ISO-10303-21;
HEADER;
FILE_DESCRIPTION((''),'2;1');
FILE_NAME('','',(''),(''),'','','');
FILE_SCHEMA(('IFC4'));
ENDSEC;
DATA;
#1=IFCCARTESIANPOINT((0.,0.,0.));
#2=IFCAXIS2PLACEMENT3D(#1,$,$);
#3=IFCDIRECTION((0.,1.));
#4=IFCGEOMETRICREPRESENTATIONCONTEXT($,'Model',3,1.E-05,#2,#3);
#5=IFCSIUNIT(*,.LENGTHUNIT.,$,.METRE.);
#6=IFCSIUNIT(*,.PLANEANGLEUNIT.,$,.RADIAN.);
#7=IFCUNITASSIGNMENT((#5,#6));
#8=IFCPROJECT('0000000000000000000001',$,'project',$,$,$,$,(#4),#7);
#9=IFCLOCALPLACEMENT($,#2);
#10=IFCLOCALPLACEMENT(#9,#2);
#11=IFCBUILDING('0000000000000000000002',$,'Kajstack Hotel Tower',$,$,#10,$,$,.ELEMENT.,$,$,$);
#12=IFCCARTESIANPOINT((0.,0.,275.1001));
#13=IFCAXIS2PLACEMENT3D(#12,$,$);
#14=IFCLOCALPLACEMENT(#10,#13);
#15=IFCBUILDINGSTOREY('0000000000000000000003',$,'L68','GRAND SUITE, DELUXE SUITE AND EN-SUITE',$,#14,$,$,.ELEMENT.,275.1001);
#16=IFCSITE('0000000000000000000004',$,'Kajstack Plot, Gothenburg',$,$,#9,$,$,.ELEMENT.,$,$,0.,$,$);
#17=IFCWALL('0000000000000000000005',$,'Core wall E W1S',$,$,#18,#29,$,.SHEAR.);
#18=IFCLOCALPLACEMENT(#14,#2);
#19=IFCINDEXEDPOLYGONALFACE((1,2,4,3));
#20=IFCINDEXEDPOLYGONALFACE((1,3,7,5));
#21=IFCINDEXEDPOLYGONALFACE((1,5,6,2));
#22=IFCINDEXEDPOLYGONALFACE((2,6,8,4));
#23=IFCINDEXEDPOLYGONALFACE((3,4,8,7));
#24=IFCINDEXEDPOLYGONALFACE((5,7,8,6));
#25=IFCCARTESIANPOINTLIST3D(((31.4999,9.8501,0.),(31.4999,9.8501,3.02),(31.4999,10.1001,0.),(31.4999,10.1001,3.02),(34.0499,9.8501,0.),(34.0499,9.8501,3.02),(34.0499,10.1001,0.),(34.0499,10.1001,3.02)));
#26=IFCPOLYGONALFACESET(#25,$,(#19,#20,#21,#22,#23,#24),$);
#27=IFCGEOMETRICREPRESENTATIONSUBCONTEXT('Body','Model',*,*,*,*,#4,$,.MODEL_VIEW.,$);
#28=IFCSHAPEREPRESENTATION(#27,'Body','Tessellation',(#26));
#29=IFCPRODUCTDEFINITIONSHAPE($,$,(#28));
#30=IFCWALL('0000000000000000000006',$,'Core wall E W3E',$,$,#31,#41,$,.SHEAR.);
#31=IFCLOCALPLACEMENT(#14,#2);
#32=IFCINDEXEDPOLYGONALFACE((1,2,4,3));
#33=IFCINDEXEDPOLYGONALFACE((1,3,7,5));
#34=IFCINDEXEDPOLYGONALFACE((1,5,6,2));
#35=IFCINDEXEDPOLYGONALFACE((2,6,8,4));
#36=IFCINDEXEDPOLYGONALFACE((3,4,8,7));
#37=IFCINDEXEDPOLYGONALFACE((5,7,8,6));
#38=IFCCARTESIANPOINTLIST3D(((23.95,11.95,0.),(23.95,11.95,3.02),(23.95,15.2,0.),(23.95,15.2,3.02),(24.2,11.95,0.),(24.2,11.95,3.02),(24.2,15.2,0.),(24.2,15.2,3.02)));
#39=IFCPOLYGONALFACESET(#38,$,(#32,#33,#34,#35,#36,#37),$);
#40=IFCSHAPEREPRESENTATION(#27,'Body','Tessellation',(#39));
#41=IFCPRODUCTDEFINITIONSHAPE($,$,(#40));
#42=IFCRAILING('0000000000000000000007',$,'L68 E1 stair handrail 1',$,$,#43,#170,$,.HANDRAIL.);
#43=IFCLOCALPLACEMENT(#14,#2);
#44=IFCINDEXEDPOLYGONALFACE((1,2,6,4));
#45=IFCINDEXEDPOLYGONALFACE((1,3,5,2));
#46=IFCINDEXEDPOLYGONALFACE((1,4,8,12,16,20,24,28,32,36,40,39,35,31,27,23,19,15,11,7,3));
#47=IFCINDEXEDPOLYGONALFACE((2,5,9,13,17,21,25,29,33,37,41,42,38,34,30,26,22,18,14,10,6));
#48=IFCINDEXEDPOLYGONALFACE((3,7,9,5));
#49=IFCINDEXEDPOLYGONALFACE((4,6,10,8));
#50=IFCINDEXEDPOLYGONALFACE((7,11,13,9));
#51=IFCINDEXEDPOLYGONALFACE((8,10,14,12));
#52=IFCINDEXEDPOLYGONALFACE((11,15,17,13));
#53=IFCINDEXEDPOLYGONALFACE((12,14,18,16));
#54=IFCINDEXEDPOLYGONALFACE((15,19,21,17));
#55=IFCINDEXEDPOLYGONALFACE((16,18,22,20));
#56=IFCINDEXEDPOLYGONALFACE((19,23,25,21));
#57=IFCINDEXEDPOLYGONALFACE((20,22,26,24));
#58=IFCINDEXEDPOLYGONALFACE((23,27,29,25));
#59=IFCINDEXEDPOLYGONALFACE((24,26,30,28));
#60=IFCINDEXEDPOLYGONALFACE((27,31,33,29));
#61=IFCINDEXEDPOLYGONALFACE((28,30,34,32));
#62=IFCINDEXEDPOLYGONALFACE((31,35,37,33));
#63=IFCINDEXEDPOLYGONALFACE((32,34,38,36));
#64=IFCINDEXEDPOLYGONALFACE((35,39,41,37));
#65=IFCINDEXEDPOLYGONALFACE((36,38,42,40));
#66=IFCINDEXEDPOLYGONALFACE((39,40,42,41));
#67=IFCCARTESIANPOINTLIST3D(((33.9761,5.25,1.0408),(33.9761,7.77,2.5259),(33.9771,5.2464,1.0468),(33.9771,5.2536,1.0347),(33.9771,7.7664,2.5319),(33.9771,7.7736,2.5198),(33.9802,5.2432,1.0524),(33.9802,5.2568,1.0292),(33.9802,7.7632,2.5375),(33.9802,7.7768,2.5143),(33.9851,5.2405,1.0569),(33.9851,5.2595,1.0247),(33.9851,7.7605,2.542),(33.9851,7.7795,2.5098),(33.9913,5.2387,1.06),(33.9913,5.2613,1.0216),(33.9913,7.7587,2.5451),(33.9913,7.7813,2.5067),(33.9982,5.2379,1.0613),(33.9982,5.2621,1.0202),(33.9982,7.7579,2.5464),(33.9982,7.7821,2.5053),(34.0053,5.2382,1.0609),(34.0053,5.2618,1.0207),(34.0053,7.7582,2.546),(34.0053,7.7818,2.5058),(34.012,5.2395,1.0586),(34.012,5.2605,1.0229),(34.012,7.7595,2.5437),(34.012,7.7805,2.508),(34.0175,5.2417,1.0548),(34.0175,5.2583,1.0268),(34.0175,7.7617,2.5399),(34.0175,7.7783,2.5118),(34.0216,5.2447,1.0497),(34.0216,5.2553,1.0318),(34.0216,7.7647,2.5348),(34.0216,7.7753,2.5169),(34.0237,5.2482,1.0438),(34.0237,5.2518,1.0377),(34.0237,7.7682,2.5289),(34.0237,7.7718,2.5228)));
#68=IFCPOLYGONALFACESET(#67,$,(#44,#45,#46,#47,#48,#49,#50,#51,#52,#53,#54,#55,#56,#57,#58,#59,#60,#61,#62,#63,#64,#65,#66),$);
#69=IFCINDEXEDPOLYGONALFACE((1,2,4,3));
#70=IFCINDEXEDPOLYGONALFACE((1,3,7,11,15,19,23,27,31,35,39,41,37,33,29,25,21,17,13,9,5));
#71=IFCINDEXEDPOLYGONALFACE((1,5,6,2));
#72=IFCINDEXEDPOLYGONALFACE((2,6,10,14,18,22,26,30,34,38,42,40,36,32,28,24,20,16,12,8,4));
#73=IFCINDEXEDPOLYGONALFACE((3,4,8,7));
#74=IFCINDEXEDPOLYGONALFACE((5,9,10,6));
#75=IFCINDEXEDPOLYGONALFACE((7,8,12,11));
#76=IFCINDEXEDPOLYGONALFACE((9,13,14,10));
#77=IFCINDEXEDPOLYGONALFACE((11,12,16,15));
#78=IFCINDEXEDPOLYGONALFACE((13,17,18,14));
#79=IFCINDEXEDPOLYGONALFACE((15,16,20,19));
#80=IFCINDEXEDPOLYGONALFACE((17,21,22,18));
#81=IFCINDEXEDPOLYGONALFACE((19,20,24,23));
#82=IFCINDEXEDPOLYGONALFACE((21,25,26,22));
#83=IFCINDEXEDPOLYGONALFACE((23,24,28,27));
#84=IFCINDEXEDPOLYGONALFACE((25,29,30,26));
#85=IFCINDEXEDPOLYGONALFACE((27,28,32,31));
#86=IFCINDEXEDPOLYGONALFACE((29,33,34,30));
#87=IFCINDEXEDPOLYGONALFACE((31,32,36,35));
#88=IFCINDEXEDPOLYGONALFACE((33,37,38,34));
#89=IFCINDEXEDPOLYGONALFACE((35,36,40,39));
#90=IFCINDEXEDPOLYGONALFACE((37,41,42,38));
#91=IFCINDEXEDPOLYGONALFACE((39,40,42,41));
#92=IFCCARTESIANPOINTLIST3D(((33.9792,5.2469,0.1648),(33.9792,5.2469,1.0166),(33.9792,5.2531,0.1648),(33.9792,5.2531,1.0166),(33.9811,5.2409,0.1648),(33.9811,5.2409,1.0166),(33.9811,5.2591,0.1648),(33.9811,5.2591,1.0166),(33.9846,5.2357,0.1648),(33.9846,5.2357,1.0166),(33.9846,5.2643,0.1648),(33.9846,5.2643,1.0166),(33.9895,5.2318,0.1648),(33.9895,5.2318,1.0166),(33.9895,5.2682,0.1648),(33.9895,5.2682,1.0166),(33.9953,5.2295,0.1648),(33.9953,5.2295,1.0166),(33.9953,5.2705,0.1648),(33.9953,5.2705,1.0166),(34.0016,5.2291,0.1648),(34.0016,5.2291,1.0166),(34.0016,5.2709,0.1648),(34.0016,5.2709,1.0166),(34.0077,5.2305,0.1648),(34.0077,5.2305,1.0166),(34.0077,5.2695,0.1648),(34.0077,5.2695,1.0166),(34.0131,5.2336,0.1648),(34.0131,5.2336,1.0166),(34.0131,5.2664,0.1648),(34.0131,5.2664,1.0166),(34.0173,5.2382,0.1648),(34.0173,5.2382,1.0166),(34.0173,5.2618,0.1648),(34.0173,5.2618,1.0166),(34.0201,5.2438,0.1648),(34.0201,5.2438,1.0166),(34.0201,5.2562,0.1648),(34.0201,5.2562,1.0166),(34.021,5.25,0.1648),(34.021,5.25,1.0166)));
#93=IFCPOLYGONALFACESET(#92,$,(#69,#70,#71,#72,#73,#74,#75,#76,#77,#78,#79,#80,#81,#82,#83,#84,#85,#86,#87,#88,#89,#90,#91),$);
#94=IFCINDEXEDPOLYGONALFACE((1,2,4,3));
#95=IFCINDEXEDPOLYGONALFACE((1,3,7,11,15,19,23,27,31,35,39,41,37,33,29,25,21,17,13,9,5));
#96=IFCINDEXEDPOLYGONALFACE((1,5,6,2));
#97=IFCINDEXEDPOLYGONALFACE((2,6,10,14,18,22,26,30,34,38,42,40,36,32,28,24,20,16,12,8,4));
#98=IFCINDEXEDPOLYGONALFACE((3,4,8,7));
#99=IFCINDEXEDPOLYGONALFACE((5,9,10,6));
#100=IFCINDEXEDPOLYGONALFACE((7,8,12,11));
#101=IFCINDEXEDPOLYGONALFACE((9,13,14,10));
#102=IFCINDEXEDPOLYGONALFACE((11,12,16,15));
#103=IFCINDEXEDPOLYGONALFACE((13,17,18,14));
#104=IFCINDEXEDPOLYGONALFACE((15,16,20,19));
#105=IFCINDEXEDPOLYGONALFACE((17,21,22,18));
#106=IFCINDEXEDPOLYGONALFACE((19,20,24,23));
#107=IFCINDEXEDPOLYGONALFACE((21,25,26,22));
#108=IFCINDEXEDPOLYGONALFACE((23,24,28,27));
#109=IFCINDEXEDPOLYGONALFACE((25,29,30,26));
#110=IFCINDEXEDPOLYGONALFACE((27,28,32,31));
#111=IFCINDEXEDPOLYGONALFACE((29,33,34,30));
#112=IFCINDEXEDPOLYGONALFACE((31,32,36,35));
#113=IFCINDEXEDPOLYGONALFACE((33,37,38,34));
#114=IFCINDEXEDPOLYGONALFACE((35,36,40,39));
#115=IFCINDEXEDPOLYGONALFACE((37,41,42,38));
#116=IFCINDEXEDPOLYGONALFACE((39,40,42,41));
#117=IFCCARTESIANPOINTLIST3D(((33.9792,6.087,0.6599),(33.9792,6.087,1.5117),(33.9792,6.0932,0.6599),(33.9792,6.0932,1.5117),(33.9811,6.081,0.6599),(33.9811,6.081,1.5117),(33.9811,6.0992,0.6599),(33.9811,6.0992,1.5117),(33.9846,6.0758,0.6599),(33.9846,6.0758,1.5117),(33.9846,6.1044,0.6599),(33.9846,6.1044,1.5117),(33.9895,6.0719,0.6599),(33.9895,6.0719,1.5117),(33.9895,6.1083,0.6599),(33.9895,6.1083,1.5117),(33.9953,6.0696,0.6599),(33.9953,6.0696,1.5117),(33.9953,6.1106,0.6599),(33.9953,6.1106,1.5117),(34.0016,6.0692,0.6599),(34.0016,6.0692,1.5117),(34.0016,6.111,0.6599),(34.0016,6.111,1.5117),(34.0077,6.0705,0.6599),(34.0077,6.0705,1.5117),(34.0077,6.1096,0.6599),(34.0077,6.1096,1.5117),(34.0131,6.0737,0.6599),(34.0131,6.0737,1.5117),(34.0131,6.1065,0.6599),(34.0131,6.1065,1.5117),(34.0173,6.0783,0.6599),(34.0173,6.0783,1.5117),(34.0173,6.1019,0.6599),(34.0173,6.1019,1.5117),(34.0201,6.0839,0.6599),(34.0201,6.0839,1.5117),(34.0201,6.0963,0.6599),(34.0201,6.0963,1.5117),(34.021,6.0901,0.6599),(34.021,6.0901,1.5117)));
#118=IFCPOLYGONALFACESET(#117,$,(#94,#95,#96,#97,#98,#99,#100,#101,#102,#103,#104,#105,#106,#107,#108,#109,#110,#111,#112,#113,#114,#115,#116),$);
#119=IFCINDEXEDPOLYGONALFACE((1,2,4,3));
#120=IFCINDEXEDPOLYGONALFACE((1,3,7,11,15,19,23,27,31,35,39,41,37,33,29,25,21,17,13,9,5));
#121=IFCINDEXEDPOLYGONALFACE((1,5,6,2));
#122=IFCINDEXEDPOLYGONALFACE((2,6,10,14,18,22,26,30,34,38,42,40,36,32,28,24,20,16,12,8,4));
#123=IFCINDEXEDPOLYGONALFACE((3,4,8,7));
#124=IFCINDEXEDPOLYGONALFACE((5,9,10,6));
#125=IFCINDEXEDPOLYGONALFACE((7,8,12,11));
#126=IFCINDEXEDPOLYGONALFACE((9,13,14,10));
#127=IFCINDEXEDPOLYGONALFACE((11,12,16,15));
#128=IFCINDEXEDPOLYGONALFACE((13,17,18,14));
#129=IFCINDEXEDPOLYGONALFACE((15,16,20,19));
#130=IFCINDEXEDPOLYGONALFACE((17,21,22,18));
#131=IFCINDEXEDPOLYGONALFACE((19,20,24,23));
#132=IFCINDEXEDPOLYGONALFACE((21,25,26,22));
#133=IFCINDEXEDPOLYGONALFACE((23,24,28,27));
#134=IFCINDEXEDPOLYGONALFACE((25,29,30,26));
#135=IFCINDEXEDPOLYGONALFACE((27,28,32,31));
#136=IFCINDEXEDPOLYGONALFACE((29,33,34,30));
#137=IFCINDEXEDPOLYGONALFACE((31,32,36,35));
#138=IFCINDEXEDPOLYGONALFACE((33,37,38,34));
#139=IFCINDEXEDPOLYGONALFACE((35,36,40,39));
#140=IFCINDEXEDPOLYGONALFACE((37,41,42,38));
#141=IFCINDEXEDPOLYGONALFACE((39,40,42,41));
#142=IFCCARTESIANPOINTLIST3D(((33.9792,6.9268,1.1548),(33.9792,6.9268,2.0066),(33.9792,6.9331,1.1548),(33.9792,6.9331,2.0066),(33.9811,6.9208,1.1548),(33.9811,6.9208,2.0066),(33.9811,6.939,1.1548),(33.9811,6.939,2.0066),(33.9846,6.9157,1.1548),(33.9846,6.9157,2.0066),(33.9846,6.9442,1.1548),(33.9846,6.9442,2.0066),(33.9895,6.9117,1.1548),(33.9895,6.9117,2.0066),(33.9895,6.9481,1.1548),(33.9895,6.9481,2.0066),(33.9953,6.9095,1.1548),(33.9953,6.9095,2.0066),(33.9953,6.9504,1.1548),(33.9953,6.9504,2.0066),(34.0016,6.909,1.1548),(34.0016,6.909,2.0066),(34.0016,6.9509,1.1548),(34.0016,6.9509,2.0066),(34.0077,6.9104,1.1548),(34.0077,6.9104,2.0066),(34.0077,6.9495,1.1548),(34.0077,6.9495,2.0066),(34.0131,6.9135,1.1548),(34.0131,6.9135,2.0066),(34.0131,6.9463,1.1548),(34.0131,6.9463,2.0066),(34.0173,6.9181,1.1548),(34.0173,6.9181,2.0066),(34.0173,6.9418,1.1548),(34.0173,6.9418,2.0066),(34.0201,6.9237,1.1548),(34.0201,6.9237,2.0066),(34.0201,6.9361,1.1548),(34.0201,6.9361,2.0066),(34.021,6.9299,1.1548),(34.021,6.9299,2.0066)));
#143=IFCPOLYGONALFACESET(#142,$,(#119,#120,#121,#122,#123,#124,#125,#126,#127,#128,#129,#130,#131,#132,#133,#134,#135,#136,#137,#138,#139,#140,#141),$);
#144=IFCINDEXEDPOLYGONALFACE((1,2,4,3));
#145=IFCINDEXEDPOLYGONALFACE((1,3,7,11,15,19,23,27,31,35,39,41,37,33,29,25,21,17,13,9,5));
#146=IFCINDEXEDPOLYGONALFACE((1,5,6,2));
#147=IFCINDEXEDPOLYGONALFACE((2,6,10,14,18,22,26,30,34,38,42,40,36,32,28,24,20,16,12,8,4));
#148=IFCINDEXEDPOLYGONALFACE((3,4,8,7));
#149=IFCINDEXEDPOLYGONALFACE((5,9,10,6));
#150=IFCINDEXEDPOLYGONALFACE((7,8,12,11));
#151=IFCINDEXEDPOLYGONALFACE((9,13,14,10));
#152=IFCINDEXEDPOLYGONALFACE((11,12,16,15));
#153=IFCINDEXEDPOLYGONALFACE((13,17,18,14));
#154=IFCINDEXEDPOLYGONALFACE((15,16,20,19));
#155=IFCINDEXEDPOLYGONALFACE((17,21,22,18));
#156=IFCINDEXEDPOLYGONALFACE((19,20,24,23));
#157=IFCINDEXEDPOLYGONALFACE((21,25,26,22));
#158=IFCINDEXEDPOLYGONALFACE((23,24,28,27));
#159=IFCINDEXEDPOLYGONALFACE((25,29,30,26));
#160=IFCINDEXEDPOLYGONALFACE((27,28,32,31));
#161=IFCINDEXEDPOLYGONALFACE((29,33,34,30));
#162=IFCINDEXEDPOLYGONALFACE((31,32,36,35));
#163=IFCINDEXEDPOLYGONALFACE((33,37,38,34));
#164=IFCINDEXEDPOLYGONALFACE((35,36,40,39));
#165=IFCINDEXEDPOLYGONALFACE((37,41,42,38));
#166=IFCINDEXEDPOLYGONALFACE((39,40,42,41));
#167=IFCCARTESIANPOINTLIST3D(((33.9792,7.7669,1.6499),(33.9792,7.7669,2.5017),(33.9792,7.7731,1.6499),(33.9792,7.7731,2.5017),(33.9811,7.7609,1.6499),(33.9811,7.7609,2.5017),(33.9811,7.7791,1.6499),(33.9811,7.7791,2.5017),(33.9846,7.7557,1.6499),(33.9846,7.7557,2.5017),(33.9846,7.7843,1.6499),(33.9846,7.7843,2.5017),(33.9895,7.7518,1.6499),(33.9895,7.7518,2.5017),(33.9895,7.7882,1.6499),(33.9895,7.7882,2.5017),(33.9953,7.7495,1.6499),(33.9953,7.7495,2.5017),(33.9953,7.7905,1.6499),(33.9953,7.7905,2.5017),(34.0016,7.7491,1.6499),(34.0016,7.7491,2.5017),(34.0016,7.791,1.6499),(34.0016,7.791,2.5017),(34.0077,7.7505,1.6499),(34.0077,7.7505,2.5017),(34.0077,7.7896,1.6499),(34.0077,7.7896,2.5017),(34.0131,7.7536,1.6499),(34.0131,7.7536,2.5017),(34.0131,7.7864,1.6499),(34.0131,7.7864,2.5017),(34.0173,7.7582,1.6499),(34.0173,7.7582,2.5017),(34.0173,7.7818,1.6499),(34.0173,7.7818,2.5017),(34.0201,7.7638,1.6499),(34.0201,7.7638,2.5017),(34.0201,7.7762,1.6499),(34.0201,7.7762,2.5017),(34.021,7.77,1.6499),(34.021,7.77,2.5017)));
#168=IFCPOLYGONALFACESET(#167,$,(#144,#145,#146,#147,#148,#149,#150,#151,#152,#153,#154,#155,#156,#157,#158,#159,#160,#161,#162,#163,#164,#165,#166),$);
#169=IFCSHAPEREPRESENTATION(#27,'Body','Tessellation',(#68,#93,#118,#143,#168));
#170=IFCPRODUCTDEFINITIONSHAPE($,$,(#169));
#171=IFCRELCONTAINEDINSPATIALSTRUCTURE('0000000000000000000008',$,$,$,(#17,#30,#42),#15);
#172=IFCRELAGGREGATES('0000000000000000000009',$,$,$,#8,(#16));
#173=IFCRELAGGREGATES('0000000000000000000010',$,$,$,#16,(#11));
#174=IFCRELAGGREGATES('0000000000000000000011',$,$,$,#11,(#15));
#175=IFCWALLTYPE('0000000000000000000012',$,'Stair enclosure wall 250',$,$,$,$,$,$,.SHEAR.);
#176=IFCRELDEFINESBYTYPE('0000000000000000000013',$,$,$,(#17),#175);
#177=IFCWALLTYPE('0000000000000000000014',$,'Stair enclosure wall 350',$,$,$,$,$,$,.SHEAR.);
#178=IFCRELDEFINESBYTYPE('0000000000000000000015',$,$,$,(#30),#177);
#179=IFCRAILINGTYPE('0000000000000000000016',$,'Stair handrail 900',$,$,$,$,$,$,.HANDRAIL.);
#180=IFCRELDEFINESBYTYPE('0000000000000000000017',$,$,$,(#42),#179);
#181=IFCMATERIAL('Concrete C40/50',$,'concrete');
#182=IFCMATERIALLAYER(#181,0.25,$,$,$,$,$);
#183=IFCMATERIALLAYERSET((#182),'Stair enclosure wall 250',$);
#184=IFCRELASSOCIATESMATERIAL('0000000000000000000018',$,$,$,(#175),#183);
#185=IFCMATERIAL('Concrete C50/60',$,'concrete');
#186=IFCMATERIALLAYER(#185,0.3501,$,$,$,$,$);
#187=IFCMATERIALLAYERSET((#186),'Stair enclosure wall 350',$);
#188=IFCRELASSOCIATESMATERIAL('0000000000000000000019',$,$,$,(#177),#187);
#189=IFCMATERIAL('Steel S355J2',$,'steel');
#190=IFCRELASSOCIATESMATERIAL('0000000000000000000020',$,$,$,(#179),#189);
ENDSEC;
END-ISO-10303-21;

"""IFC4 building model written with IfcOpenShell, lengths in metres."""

from ifc_helpers import new_model, si_unit, direction, frame, frame_2d, origin, origin_2d, place, context, subcontext, project, spatial, rectangle, circle, extrude, material, layer, layer_set, type_object, element, save


model = new_model("IFC4")

# Units and contexts
model_context = context("Model", 3, precision=1e-05, world=origin(), true_north=direction((0.0, 1.0)))
body_context = subcontext(model_context, "Body", "Model", "MODEL_VIEW")
ifc_project = project(units=[si_unit("LENGTHUNIT", "METRE"), si_unit("PLANEANGLEUNIT", "RADIAN")], contexts=[model_context])

# Site, building, storey
site_placement = place(None, origin())
site = spatial("IfcSite", under=ifc_project, at=site_placement, Name="Kajstack Plot, Gothenburg", CompositionType="ELEMENT", RefElevation=0.0)
building_placement = place(site_placement, origin())
building = spatial("IfcBuilding", under=site, at=building_placement, Name="Kajstack Hotel Tower", CompositionType="ELEMENT")
storey_placement = place(building_placement, frame((0.0, 0.0, 275.1001)))
storey = spatial("IfcBuildingStorey", under=building, at=storey_placement, Name="L68", Description="GRAND SUITE, DELUXE SUITE AND EN-SUITE", CompositionType="ELEMENT", Elevation=275.1001)

# Shared definitions
ifc_material_1 = material(Name="Concrete C40/50", Category="concrete")
ifc_material_2 = material(Name="Concrete C50/60", Category="concrete")

# Shared definitions
ifc_layer_1 = layer(ifc_material_1, 0.25)
ifc_layer_set_1 = layer_set([ifc_layer_1], Name="Stair enclosure wall 250")
wall_type_1 = type_object("IfcWallType", Name="Stair enclosure wall 250", PredefinedType="SHEAR", material=ifc_layer_set_1)

# Walls
wall_1_placement = place(storey_placement, frame((31.5, 9.9751, 0.0), z_axis=(0.0, 0.0, 1.0), x_axis=(1.0, 0.0, 0.0)))
element("IfcWall", 1, at=wall_1_placement, inside=storey, type_object=wall_type_1, Name="Core wall E W1S", PredefinedType="SHEAR", context=body_context, shape_type="SweptSolid", body=[
    extrude(rectangle(XDim=2.55, YDim=0.25, at=frame_2d((1.2749, 0.0))), origin(), (0.0, 0.0, 1.0), 3.02),
])
ifc_layer_2 = layer(ifc_material_2, 0.3501)
ifc_layer_set_2 = layer_set([ifc_layer_2], Name="Stair enclosure wall 350")
wall_type_2 = type_object("IfcWallType", Name="Stair enclosure wall 350", PredefinedType="SHEAR", material=ifc_layer_set_2)
wall_2_placement = place(storey_placement, frame((24.075, 11.95, 0.0), z_axis=(0.0, 0.0, 1.0), x_axis=(0.0, 1.0, 0.0)))
element("IfcWall", 2, at=wall_2_placement, inside=storey, type_object=wall_type_2, Name="Core wall E W3E", PredefinedType="SHEAR", context=body_context, shape_type="SweptSolid", body=[
    extrude(rectangle(XDim=3.25, YDim=0.25, at=frame_2d((1.625, 0.0))), origin(), (0.0, 0.0, 1.0), 3.02),
])

# Railing
ifc_material_3 = material(Name="Steel S355J2", Category="steel")
railing_type_1 = type_object("IfcRailingType", Name="Stair handrail 900", PredefinedType="HANDRAIL", material=ifc_material_3)
railing_1_placement = place(storey_placement, frame((34.0, 5.25, 0.1648)))
element("IfcRailing", 3, at=railing_1_placement, inside=storey, type_object=railing_type_1, Name="L68 E1 stair handrail 1", PredefinedType="HANDRAIL", context=body_context, shape_type="SweptSolid", body=[
    extrude(circle(Radius=0.0239, at=origin_2d()), frame((0.0, 0.0, 0.876), z_axis=(0.0, 0.861524, 0.507717), x_axis=(-1.0, 0.0, 0.0)), (0.0, 0.0, 1.0), 2.925),
    extrude(circle(Radius=0.021, at=origin_2d()), origin(), (0.0, 0.0, 1.0), 0.8518),
    extrude(circle(Radius=0.021, at=origin_2d()), frame((0.0, 0.8401, 0.4951)), (0.0, 0.0, 1.0), 0.8518),
    extrude(circle(Radius=0.021, at=origin_2d()), frame((0.0, 1.6799, 0.99)), (0.0, 0.0, 1.0), 0.8518),
    extrude(circle(Radius=0.021, at=origin_2d()), frame((0.0, 2.52, 1.4851)), (0.0, 0.0, 1.0), 0.8518),
])

save(model, "model.ifc")
